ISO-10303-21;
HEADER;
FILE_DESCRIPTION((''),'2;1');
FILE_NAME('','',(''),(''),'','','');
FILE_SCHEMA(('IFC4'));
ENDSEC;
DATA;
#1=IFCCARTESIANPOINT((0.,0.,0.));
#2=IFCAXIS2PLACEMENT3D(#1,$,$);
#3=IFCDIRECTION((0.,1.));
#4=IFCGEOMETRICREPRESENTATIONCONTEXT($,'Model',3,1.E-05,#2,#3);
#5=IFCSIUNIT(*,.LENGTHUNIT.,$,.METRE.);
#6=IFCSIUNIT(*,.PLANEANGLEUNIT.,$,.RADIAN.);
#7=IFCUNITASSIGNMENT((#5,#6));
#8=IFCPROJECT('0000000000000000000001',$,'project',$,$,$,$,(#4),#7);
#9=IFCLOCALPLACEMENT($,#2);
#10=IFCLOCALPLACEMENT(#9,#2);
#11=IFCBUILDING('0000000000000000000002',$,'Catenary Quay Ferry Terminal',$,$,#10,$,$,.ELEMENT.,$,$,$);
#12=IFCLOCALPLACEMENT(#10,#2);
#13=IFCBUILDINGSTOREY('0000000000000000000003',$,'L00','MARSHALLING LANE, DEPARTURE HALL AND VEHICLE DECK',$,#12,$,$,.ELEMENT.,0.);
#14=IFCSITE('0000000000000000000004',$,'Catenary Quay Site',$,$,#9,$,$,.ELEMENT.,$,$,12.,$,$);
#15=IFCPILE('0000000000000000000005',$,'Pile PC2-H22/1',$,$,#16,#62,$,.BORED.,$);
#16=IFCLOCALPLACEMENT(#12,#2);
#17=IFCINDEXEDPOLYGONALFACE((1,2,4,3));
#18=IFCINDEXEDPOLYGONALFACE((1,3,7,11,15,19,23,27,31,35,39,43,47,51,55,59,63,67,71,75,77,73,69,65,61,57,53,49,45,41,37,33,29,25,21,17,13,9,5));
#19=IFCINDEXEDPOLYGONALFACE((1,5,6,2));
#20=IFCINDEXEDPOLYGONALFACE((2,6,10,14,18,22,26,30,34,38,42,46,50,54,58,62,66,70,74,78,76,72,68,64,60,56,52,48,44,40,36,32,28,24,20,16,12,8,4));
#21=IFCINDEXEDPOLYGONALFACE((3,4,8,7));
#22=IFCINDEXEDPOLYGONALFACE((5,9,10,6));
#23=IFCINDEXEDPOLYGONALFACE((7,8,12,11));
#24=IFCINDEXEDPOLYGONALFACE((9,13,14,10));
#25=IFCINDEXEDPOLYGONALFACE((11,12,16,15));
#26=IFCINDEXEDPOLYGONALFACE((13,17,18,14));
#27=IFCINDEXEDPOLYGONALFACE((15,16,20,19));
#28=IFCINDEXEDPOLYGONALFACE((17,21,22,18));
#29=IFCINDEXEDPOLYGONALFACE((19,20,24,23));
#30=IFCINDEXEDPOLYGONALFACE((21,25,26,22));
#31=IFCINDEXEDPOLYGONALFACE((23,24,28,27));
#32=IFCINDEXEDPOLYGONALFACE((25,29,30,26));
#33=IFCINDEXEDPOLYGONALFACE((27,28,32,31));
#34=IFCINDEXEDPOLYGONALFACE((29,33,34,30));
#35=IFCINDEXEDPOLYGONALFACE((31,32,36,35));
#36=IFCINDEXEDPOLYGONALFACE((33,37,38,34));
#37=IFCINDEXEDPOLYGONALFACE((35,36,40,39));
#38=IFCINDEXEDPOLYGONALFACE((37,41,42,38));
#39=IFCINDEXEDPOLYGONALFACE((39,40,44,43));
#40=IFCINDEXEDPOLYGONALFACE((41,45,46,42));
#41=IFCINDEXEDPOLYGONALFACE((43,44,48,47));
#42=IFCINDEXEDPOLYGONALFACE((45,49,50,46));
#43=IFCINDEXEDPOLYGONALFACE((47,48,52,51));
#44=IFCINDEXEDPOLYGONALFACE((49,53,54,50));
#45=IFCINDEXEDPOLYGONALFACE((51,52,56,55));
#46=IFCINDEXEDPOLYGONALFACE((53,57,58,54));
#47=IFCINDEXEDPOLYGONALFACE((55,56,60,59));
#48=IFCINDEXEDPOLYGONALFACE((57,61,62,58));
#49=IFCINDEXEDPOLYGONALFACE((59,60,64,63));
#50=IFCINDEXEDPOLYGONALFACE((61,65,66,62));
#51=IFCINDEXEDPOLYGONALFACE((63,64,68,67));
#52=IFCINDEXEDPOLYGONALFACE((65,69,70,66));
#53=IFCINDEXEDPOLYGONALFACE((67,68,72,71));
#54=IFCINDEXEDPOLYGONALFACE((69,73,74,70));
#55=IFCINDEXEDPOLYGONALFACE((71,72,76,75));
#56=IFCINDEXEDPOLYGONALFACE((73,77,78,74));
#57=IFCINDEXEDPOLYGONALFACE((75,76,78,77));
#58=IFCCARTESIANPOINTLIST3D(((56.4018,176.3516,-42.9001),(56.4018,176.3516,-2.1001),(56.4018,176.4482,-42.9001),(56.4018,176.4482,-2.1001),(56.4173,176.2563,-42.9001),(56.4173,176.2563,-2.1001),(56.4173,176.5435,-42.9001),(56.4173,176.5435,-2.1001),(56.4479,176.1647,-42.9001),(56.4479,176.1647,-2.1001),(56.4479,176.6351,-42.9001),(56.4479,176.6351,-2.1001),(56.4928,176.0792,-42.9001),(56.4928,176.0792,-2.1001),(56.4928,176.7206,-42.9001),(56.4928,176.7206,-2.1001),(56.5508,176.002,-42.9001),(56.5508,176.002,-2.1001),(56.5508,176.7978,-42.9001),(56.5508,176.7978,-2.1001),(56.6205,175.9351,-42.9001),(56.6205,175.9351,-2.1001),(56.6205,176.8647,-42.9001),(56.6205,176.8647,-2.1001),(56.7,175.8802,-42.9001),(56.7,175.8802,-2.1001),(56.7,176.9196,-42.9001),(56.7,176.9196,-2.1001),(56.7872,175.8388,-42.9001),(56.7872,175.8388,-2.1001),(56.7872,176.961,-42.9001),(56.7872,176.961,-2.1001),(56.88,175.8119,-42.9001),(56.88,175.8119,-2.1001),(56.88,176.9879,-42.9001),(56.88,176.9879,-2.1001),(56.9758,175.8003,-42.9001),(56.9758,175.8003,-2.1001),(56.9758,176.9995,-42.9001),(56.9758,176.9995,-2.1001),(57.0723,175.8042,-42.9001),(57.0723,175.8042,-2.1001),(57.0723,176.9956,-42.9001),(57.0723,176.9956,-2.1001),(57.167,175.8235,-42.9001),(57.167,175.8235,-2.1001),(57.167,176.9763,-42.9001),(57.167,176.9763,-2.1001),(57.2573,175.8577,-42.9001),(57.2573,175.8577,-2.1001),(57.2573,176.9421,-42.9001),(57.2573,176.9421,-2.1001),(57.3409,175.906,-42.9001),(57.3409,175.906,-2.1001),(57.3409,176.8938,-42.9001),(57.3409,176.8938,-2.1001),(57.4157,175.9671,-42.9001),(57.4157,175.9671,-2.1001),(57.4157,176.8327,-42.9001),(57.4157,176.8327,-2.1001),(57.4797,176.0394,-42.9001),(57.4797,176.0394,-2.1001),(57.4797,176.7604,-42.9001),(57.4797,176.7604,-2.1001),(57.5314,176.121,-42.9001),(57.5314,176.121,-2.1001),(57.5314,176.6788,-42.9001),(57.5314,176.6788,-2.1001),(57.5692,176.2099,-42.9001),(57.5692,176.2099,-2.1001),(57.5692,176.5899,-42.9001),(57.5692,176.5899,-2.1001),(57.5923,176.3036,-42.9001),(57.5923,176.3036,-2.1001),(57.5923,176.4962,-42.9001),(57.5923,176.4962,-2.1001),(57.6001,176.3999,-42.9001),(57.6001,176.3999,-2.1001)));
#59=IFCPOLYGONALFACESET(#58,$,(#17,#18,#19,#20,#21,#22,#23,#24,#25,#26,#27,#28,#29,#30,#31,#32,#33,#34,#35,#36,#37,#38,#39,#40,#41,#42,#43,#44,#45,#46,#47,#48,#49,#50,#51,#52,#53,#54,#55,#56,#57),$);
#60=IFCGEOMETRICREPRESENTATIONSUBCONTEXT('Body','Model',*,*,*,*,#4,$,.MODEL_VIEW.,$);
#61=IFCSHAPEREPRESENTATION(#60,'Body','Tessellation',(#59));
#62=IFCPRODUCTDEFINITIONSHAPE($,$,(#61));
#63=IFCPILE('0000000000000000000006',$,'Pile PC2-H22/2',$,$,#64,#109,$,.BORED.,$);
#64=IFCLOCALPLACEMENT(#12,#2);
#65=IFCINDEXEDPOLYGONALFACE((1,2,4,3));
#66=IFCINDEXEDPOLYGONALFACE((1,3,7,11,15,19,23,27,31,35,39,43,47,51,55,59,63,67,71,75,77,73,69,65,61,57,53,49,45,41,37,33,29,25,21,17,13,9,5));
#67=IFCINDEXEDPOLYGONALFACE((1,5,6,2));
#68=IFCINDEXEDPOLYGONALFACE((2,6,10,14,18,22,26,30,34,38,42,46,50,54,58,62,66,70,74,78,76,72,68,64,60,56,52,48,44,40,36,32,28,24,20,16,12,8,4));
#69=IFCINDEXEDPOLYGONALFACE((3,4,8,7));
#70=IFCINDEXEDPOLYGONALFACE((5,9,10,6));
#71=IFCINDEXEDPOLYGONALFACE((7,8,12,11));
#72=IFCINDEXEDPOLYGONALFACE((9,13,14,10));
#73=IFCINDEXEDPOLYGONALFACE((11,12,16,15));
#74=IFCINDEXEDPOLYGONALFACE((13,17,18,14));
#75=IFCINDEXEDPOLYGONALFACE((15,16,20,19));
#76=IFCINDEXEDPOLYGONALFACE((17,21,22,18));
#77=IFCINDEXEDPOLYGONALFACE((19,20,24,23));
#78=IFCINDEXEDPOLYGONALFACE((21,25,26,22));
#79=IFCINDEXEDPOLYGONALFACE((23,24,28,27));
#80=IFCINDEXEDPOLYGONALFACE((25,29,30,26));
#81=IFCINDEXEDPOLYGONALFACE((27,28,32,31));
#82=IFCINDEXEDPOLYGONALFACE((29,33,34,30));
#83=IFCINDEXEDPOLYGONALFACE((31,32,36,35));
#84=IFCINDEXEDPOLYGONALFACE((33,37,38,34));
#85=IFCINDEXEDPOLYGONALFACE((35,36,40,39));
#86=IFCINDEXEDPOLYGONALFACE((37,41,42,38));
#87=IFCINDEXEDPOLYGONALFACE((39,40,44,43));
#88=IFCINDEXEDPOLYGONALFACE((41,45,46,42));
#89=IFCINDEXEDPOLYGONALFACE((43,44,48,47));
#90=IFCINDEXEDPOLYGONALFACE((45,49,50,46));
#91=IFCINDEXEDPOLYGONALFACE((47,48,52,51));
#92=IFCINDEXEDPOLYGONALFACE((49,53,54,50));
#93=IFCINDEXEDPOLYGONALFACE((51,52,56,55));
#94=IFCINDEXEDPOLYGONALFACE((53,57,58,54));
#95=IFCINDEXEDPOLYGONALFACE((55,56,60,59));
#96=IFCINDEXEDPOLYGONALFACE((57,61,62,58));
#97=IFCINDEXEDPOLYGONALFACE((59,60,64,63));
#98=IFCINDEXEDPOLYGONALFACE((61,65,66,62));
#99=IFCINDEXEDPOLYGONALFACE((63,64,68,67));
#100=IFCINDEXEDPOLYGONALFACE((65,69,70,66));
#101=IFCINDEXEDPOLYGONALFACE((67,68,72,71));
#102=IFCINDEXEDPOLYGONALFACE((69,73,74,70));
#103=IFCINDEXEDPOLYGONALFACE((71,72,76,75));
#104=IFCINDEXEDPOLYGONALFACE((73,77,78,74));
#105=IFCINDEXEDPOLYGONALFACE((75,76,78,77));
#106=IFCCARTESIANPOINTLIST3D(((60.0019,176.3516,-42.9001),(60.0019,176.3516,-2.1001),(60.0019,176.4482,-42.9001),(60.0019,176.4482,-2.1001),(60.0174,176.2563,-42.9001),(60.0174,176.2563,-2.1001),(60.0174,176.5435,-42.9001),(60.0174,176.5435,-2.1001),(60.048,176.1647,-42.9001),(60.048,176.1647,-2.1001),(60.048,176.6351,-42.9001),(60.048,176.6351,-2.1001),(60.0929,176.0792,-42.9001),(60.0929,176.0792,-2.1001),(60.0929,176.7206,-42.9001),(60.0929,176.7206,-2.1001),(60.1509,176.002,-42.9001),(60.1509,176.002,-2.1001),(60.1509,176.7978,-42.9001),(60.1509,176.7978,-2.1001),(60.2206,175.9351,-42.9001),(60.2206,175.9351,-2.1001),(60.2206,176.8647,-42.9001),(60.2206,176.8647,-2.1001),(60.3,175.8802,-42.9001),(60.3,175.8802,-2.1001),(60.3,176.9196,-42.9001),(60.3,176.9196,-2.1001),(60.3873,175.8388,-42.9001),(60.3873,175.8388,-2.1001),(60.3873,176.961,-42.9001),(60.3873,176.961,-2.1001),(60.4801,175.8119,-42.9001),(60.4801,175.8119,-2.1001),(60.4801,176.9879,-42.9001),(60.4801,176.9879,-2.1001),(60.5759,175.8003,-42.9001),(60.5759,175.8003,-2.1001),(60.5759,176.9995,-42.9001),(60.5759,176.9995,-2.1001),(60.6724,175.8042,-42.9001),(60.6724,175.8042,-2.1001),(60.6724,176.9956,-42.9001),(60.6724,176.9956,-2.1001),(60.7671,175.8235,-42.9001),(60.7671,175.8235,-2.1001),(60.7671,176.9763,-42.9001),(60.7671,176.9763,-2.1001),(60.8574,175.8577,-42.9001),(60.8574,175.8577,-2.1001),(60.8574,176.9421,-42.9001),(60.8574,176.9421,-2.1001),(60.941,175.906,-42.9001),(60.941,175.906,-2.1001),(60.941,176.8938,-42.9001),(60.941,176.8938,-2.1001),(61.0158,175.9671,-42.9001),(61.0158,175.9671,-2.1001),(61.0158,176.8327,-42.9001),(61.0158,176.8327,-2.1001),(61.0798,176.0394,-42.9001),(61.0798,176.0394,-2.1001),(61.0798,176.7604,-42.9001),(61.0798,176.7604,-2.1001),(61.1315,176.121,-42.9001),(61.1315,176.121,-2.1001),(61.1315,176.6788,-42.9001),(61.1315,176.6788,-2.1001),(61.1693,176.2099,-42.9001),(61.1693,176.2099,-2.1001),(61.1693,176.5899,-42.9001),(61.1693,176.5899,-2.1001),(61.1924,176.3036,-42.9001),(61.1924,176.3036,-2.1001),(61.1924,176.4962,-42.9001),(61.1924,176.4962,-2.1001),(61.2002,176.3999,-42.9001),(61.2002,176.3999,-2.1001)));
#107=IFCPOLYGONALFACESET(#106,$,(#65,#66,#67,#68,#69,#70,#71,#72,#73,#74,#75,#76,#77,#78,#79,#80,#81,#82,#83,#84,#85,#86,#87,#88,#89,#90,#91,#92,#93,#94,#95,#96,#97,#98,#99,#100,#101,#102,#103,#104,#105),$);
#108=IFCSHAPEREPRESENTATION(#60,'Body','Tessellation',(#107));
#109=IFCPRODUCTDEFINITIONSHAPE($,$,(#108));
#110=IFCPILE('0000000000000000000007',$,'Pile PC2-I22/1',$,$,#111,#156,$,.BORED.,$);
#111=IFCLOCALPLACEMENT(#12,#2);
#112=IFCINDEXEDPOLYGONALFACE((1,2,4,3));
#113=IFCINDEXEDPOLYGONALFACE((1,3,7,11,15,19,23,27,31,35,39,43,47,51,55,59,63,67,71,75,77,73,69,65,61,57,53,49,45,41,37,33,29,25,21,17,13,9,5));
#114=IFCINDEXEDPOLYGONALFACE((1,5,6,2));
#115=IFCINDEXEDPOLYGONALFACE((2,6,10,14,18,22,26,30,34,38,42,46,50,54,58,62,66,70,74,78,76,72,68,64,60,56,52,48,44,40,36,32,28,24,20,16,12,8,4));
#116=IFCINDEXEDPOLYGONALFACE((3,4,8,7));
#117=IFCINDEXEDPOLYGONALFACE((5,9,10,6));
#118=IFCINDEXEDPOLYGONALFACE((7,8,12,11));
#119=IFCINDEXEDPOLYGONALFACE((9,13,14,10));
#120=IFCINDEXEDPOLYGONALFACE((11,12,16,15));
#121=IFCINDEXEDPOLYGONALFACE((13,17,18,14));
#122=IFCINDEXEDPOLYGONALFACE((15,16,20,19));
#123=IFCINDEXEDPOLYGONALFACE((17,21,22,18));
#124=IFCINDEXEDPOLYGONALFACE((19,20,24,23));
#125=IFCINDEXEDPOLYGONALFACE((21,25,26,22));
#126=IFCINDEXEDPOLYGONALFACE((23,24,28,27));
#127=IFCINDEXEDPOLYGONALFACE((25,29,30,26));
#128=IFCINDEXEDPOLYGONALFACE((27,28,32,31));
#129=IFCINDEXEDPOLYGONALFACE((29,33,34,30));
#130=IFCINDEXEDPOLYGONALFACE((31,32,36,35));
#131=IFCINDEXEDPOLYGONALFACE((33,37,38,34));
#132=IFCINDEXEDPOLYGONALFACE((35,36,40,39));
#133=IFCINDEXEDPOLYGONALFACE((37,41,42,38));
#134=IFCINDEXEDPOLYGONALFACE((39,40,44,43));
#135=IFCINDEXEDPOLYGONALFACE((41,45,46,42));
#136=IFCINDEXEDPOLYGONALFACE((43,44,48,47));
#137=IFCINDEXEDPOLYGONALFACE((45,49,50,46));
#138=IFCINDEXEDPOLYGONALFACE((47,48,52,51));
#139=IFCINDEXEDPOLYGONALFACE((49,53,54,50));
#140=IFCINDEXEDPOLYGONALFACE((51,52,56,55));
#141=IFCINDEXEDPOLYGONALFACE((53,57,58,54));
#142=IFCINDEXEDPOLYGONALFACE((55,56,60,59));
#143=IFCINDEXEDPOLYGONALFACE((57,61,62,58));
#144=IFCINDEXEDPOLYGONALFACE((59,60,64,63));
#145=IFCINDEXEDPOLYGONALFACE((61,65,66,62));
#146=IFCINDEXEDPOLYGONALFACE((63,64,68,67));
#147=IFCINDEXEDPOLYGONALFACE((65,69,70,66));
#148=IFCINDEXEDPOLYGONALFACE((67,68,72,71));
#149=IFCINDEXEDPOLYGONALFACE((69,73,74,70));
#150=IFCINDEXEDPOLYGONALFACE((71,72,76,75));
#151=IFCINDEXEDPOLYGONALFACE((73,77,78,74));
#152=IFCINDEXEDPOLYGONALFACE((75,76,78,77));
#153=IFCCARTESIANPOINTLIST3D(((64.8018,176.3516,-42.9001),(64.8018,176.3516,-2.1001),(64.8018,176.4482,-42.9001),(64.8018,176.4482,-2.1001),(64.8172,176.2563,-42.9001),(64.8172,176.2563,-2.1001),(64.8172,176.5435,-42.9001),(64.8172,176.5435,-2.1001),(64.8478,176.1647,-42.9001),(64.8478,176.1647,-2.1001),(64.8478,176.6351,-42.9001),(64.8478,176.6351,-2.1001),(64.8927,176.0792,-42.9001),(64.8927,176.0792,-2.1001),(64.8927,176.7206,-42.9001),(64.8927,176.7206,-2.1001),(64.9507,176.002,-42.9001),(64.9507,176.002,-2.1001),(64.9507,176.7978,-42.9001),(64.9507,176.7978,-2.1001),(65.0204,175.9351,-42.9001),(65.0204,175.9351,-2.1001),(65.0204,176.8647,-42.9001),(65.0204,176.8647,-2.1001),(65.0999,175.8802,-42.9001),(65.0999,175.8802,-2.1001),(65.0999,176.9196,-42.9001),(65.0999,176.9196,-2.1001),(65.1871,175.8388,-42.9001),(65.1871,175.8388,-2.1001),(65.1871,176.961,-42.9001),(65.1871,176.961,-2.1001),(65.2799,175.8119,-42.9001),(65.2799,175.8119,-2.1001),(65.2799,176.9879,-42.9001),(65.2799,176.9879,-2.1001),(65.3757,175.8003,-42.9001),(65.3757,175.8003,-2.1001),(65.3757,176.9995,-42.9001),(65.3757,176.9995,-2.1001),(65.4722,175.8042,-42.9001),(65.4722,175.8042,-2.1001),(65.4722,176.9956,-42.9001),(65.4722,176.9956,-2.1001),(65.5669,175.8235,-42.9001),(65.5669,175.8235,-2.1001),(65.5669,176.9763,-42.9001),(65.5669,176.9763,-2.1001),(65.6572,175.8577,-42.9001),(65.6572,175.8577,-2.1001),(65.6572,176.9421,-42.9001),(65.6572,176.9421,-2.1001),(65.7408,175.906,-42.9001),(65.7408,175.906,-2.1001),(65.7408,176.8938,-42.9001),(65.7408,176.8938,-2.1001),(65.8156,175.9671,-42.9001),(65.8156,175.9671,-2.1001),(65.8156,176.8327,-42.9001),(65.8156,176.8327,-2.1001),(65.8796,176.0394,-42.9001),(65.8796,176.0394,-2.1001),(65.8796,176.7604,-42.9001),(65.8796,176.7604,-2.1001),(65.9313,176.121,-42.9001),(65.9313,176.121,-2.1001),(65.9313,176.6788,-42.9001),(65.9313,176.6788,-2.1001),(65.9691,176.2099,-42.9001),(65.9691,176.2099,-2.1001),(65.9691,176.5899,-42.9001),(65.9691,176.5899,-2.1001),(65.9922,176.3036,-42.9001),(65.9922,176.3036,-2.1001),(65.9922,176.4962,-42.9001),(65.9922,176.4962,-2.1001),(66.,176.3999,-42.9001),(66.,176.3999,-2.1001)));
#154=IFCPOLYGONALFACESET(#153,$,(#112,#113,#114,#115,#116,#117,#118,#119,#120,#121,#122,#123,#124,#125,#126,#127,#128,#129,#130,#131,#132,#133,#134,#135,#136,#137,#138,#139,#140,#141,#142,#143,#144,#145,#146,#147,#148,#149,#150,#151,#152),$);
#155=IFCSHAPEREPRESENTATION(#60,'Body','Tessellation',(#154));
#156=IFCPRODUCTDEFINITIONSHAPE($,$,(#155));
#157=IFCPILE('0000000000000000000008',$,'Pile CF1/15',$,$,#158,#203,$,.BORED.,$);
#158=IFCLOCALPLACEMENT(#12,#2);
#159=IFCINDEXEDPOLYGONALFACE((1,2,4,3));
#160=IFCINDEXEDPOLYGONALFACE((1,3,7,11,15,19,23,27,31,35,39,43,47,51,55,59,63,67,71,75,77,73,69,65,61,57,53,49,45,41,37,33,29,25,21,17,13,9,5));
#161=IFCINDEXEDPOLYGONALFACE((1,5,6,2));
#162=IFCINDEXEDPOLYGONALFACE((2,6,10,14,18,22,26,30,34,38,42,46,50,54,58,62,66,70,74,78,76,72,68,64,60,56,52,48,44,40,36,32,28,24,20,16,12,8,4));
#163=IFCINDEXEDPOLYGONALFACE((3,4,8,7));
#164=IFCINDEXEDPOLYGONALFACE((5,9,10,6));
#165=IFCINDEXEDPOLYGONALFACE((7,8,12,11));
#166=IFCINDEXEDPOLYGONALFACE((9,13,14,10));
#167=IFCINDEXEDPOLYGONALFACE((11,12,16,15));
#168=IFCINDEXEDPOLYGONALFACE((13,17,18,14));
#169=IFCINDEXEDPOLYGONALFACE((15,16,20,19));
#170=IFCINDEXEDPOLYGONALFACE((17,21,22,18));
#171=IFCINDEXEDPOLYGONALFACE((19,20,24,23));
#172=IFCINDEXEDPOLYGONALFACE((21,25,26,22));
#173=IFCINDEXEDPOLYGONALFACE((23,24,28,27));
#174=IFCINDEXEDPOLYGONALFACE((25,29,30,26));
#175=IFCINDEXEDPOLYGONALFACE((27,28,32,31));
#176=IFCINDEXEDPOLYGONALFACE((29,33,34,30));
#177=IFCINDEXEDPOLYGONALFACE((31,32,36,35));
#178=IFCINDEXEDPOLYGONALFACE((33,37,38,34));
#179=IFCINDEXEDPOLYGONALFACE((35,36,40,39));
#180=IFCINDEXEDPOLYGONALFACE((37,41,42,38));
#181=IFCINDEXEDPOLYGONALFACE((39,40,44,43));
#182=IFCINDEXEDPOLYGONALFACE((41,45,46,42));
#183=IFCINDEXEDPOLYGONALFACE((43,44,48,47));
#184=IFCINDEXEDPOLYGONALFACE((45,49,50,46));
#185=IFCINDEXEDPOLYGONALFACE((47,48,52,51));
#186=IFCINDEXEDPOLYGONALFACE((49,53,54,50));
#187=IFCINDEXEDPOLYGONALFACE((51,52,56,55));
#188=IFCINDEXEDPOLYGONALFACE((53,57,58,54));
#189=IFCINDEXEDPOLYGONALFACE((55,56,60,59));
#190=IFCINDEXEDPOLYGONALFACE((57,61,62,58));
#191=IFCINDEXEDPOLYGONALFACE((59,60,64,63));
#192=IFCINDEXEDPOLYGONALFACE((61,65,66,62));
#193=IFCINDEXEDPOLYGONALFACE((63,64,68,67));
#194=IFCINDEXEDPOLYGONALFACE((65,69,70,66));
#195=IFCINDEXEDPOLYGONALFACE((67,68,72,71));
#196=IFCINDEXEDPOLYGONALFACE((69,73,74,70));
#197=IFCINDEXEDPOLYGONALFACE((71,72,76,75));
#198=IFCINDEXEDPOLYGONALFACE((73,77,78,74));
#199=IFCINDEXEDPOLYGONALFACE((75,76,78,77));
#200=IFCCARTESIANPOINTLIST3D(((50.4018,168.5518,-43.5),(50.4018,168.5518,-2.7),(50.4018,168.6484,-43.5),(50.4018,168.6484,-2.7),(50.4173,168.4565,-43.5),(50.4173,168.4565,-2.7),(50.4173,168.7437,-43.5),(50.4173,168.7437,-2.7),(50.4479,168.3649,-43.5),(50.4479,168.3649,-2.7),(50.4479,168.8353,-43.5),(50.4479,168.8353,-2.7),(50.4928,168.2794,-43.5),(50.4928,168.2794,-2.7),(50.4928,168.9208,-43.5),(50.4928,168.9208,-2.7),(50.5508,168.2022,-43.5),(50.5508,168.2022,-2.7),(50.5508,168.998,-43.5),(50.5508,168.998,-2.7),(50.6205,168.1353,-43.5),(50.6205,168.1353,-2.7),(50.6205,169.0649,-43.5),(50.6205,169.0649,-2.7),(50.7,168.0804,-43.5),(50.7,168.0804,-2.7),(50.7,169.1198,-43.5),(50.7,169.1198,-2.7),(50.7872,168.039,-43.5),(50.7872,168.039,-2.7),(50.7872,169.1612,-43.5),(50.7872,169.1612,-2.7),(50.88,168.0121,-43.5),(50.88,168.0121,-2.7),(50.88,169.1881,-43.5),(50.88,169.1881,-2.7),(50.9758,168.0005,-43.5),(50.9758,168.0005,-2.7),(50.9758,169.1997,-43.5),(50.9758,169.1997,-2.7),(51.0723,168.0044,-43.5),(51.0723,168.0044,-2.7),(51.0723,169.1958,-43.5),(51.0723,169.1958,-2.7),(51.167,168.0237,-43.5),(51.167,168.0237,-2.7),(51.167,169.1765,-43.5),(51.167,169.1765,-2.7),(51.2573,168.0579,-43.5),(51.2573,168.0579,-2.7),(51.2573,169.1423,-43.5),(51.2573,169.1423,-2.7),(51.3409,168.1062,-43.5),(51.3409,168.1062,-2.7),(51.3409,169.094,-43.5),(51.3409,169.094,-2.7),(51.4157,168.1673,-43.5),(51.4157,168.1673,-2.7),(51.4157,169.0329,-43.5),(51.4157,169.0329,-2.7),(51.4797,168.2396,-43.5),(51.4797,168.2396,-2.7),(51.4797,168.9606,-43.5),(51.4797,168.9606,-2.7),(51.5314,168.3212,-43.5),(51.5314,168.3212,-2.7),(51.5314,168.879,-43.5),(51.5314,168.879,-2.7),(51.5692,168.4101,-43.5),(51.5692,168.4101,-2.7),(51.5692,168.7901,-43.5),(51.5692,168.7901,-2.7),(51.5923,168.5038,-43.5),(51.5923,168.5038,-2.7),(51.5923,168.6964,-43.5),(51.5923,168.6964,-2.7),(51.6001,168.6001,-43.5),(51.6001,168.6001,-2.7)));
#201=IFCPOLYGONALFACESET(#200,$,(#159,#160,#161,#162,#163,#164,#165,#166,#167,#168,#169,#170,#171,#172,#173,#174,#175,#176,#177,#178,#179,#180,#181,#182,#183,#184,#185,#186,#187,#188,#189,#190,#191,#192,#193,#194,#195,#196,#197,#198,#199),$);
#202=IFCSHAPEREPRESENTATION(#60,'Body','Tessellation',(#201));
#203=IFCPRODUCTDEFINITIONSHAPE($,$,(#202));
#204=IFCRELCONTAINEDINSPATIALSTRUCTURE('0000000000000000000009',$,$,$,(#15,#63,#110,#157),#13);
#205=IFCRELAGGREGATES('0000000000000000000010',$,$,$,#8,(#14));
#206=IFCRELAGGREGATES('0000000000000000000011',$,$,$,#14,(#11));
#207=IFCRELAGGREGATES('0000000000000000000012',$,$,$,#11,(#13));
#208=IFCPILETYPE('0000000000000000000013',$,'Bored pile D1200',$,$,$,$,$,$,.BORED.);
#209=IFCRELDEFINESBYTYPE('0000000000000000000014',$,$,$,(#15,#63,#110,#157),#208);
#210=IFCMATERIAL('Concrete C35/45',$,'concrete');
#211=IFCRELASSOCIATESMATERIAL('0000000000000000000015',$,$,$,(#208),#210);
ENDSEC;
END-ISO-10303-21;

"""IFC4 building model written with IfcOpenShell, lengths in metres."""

from ifc_helpers import new_model, si_unit, direction, frame, origin, origin_2d, place, context, subcontext, project, spatial, circle, extrude, material, material_profile, profile_set, type_object, element, save


model = new_model("IFC4")

# Units and contexts
model_context = context("Model", 3, precision=1e-05, world=origin(), true_north=direction((0.0, 1.0)))
body_context = subcontext(model_context, "Body", "Model", "MODEL_VIEW")
ifc_project = project(units=[si_unit("LENGTHUNIT", "METRE"), si_unit("PLANEANGLEUNIT", "RADIAN")], contexts=[model_context])

# Site, building, storey
site_placement = place(None, origin())
site = spatial("IfcSite", under=ifc_project, at=site_placement, Name="Catenary Quay Site", CompositionType="ELEMENT", RefElevation=12.0)
building_placement = place(site_placement, origin())
building = spatial("IfcBuilding", under=site, at=building_placement, Name="Catenary Quay Ferry Terminal", CompositionType="ELEMENT")
storey_placement = place(building_placement, origin())
storey = spatial("IfcBuildingStorey", under=building, at=storey_placement, Name="L00", Description="MARSHALLING LANE, DEPARTURE HALL AND VEHICLE DECK", CompositionType="ELEMENT", Elevation=0.0)

# Piles
ifc_material_1 = material(Name="Concrete C35/45", Category="concrete")
ifc_material_profile_1 = material_profile(ifc_material_1, circle(Radius=0.6001, at=origin_2d()), Name="D1200")
ifc_profile_set_1 = profile_set([ifc_material_profile_1], Name="Concrete C35/45")
pile_type = type_object("IfcPileType", Name="Bored pile D1200", PredefinedType="BORED", material=ifc_profile_set_1)
for number, where, z_axis, x_axis, name in (
    (1, (57.0, 176.3999, -2.1001), (0.0, 0.0, -1.0), (1.0, 0.0, 0.0), "Pile PC2-H22/1"),
    (2, (60.6001, 176.3999, -2.1001), (0.0, 0.0, -1.0), (1.0, 0.0, 0.0), "Pile PC2-H22/2"),
    (3, (65.3999, 176.3999, -2.1001), (0.0, 0.0, -1.0), (1.0, 0.0, 0.0), "Pile PC2-I22/1"),
    (4, (51.0, 168.6001, -2.7), (0.0, 0.0, -1.0), (1.0, 0.0, 0.0), "Pile CF1/15"),
):
    element("IfcPile", number, at=place(storey_placement, frame(where, z_axis=z_axis, x_axis=x_axis)), inside=storey, type_object=pile_type, Name=name, PredefinedType="BORED", context=body_context, shape_type="SweptSolid", body=[
        extrude(circle(Radius=0.6001, at=origin_2d()), origin(), (0.0, 0.0, 1.0), 40.8),
    ])

save(model, "model.ifc")
